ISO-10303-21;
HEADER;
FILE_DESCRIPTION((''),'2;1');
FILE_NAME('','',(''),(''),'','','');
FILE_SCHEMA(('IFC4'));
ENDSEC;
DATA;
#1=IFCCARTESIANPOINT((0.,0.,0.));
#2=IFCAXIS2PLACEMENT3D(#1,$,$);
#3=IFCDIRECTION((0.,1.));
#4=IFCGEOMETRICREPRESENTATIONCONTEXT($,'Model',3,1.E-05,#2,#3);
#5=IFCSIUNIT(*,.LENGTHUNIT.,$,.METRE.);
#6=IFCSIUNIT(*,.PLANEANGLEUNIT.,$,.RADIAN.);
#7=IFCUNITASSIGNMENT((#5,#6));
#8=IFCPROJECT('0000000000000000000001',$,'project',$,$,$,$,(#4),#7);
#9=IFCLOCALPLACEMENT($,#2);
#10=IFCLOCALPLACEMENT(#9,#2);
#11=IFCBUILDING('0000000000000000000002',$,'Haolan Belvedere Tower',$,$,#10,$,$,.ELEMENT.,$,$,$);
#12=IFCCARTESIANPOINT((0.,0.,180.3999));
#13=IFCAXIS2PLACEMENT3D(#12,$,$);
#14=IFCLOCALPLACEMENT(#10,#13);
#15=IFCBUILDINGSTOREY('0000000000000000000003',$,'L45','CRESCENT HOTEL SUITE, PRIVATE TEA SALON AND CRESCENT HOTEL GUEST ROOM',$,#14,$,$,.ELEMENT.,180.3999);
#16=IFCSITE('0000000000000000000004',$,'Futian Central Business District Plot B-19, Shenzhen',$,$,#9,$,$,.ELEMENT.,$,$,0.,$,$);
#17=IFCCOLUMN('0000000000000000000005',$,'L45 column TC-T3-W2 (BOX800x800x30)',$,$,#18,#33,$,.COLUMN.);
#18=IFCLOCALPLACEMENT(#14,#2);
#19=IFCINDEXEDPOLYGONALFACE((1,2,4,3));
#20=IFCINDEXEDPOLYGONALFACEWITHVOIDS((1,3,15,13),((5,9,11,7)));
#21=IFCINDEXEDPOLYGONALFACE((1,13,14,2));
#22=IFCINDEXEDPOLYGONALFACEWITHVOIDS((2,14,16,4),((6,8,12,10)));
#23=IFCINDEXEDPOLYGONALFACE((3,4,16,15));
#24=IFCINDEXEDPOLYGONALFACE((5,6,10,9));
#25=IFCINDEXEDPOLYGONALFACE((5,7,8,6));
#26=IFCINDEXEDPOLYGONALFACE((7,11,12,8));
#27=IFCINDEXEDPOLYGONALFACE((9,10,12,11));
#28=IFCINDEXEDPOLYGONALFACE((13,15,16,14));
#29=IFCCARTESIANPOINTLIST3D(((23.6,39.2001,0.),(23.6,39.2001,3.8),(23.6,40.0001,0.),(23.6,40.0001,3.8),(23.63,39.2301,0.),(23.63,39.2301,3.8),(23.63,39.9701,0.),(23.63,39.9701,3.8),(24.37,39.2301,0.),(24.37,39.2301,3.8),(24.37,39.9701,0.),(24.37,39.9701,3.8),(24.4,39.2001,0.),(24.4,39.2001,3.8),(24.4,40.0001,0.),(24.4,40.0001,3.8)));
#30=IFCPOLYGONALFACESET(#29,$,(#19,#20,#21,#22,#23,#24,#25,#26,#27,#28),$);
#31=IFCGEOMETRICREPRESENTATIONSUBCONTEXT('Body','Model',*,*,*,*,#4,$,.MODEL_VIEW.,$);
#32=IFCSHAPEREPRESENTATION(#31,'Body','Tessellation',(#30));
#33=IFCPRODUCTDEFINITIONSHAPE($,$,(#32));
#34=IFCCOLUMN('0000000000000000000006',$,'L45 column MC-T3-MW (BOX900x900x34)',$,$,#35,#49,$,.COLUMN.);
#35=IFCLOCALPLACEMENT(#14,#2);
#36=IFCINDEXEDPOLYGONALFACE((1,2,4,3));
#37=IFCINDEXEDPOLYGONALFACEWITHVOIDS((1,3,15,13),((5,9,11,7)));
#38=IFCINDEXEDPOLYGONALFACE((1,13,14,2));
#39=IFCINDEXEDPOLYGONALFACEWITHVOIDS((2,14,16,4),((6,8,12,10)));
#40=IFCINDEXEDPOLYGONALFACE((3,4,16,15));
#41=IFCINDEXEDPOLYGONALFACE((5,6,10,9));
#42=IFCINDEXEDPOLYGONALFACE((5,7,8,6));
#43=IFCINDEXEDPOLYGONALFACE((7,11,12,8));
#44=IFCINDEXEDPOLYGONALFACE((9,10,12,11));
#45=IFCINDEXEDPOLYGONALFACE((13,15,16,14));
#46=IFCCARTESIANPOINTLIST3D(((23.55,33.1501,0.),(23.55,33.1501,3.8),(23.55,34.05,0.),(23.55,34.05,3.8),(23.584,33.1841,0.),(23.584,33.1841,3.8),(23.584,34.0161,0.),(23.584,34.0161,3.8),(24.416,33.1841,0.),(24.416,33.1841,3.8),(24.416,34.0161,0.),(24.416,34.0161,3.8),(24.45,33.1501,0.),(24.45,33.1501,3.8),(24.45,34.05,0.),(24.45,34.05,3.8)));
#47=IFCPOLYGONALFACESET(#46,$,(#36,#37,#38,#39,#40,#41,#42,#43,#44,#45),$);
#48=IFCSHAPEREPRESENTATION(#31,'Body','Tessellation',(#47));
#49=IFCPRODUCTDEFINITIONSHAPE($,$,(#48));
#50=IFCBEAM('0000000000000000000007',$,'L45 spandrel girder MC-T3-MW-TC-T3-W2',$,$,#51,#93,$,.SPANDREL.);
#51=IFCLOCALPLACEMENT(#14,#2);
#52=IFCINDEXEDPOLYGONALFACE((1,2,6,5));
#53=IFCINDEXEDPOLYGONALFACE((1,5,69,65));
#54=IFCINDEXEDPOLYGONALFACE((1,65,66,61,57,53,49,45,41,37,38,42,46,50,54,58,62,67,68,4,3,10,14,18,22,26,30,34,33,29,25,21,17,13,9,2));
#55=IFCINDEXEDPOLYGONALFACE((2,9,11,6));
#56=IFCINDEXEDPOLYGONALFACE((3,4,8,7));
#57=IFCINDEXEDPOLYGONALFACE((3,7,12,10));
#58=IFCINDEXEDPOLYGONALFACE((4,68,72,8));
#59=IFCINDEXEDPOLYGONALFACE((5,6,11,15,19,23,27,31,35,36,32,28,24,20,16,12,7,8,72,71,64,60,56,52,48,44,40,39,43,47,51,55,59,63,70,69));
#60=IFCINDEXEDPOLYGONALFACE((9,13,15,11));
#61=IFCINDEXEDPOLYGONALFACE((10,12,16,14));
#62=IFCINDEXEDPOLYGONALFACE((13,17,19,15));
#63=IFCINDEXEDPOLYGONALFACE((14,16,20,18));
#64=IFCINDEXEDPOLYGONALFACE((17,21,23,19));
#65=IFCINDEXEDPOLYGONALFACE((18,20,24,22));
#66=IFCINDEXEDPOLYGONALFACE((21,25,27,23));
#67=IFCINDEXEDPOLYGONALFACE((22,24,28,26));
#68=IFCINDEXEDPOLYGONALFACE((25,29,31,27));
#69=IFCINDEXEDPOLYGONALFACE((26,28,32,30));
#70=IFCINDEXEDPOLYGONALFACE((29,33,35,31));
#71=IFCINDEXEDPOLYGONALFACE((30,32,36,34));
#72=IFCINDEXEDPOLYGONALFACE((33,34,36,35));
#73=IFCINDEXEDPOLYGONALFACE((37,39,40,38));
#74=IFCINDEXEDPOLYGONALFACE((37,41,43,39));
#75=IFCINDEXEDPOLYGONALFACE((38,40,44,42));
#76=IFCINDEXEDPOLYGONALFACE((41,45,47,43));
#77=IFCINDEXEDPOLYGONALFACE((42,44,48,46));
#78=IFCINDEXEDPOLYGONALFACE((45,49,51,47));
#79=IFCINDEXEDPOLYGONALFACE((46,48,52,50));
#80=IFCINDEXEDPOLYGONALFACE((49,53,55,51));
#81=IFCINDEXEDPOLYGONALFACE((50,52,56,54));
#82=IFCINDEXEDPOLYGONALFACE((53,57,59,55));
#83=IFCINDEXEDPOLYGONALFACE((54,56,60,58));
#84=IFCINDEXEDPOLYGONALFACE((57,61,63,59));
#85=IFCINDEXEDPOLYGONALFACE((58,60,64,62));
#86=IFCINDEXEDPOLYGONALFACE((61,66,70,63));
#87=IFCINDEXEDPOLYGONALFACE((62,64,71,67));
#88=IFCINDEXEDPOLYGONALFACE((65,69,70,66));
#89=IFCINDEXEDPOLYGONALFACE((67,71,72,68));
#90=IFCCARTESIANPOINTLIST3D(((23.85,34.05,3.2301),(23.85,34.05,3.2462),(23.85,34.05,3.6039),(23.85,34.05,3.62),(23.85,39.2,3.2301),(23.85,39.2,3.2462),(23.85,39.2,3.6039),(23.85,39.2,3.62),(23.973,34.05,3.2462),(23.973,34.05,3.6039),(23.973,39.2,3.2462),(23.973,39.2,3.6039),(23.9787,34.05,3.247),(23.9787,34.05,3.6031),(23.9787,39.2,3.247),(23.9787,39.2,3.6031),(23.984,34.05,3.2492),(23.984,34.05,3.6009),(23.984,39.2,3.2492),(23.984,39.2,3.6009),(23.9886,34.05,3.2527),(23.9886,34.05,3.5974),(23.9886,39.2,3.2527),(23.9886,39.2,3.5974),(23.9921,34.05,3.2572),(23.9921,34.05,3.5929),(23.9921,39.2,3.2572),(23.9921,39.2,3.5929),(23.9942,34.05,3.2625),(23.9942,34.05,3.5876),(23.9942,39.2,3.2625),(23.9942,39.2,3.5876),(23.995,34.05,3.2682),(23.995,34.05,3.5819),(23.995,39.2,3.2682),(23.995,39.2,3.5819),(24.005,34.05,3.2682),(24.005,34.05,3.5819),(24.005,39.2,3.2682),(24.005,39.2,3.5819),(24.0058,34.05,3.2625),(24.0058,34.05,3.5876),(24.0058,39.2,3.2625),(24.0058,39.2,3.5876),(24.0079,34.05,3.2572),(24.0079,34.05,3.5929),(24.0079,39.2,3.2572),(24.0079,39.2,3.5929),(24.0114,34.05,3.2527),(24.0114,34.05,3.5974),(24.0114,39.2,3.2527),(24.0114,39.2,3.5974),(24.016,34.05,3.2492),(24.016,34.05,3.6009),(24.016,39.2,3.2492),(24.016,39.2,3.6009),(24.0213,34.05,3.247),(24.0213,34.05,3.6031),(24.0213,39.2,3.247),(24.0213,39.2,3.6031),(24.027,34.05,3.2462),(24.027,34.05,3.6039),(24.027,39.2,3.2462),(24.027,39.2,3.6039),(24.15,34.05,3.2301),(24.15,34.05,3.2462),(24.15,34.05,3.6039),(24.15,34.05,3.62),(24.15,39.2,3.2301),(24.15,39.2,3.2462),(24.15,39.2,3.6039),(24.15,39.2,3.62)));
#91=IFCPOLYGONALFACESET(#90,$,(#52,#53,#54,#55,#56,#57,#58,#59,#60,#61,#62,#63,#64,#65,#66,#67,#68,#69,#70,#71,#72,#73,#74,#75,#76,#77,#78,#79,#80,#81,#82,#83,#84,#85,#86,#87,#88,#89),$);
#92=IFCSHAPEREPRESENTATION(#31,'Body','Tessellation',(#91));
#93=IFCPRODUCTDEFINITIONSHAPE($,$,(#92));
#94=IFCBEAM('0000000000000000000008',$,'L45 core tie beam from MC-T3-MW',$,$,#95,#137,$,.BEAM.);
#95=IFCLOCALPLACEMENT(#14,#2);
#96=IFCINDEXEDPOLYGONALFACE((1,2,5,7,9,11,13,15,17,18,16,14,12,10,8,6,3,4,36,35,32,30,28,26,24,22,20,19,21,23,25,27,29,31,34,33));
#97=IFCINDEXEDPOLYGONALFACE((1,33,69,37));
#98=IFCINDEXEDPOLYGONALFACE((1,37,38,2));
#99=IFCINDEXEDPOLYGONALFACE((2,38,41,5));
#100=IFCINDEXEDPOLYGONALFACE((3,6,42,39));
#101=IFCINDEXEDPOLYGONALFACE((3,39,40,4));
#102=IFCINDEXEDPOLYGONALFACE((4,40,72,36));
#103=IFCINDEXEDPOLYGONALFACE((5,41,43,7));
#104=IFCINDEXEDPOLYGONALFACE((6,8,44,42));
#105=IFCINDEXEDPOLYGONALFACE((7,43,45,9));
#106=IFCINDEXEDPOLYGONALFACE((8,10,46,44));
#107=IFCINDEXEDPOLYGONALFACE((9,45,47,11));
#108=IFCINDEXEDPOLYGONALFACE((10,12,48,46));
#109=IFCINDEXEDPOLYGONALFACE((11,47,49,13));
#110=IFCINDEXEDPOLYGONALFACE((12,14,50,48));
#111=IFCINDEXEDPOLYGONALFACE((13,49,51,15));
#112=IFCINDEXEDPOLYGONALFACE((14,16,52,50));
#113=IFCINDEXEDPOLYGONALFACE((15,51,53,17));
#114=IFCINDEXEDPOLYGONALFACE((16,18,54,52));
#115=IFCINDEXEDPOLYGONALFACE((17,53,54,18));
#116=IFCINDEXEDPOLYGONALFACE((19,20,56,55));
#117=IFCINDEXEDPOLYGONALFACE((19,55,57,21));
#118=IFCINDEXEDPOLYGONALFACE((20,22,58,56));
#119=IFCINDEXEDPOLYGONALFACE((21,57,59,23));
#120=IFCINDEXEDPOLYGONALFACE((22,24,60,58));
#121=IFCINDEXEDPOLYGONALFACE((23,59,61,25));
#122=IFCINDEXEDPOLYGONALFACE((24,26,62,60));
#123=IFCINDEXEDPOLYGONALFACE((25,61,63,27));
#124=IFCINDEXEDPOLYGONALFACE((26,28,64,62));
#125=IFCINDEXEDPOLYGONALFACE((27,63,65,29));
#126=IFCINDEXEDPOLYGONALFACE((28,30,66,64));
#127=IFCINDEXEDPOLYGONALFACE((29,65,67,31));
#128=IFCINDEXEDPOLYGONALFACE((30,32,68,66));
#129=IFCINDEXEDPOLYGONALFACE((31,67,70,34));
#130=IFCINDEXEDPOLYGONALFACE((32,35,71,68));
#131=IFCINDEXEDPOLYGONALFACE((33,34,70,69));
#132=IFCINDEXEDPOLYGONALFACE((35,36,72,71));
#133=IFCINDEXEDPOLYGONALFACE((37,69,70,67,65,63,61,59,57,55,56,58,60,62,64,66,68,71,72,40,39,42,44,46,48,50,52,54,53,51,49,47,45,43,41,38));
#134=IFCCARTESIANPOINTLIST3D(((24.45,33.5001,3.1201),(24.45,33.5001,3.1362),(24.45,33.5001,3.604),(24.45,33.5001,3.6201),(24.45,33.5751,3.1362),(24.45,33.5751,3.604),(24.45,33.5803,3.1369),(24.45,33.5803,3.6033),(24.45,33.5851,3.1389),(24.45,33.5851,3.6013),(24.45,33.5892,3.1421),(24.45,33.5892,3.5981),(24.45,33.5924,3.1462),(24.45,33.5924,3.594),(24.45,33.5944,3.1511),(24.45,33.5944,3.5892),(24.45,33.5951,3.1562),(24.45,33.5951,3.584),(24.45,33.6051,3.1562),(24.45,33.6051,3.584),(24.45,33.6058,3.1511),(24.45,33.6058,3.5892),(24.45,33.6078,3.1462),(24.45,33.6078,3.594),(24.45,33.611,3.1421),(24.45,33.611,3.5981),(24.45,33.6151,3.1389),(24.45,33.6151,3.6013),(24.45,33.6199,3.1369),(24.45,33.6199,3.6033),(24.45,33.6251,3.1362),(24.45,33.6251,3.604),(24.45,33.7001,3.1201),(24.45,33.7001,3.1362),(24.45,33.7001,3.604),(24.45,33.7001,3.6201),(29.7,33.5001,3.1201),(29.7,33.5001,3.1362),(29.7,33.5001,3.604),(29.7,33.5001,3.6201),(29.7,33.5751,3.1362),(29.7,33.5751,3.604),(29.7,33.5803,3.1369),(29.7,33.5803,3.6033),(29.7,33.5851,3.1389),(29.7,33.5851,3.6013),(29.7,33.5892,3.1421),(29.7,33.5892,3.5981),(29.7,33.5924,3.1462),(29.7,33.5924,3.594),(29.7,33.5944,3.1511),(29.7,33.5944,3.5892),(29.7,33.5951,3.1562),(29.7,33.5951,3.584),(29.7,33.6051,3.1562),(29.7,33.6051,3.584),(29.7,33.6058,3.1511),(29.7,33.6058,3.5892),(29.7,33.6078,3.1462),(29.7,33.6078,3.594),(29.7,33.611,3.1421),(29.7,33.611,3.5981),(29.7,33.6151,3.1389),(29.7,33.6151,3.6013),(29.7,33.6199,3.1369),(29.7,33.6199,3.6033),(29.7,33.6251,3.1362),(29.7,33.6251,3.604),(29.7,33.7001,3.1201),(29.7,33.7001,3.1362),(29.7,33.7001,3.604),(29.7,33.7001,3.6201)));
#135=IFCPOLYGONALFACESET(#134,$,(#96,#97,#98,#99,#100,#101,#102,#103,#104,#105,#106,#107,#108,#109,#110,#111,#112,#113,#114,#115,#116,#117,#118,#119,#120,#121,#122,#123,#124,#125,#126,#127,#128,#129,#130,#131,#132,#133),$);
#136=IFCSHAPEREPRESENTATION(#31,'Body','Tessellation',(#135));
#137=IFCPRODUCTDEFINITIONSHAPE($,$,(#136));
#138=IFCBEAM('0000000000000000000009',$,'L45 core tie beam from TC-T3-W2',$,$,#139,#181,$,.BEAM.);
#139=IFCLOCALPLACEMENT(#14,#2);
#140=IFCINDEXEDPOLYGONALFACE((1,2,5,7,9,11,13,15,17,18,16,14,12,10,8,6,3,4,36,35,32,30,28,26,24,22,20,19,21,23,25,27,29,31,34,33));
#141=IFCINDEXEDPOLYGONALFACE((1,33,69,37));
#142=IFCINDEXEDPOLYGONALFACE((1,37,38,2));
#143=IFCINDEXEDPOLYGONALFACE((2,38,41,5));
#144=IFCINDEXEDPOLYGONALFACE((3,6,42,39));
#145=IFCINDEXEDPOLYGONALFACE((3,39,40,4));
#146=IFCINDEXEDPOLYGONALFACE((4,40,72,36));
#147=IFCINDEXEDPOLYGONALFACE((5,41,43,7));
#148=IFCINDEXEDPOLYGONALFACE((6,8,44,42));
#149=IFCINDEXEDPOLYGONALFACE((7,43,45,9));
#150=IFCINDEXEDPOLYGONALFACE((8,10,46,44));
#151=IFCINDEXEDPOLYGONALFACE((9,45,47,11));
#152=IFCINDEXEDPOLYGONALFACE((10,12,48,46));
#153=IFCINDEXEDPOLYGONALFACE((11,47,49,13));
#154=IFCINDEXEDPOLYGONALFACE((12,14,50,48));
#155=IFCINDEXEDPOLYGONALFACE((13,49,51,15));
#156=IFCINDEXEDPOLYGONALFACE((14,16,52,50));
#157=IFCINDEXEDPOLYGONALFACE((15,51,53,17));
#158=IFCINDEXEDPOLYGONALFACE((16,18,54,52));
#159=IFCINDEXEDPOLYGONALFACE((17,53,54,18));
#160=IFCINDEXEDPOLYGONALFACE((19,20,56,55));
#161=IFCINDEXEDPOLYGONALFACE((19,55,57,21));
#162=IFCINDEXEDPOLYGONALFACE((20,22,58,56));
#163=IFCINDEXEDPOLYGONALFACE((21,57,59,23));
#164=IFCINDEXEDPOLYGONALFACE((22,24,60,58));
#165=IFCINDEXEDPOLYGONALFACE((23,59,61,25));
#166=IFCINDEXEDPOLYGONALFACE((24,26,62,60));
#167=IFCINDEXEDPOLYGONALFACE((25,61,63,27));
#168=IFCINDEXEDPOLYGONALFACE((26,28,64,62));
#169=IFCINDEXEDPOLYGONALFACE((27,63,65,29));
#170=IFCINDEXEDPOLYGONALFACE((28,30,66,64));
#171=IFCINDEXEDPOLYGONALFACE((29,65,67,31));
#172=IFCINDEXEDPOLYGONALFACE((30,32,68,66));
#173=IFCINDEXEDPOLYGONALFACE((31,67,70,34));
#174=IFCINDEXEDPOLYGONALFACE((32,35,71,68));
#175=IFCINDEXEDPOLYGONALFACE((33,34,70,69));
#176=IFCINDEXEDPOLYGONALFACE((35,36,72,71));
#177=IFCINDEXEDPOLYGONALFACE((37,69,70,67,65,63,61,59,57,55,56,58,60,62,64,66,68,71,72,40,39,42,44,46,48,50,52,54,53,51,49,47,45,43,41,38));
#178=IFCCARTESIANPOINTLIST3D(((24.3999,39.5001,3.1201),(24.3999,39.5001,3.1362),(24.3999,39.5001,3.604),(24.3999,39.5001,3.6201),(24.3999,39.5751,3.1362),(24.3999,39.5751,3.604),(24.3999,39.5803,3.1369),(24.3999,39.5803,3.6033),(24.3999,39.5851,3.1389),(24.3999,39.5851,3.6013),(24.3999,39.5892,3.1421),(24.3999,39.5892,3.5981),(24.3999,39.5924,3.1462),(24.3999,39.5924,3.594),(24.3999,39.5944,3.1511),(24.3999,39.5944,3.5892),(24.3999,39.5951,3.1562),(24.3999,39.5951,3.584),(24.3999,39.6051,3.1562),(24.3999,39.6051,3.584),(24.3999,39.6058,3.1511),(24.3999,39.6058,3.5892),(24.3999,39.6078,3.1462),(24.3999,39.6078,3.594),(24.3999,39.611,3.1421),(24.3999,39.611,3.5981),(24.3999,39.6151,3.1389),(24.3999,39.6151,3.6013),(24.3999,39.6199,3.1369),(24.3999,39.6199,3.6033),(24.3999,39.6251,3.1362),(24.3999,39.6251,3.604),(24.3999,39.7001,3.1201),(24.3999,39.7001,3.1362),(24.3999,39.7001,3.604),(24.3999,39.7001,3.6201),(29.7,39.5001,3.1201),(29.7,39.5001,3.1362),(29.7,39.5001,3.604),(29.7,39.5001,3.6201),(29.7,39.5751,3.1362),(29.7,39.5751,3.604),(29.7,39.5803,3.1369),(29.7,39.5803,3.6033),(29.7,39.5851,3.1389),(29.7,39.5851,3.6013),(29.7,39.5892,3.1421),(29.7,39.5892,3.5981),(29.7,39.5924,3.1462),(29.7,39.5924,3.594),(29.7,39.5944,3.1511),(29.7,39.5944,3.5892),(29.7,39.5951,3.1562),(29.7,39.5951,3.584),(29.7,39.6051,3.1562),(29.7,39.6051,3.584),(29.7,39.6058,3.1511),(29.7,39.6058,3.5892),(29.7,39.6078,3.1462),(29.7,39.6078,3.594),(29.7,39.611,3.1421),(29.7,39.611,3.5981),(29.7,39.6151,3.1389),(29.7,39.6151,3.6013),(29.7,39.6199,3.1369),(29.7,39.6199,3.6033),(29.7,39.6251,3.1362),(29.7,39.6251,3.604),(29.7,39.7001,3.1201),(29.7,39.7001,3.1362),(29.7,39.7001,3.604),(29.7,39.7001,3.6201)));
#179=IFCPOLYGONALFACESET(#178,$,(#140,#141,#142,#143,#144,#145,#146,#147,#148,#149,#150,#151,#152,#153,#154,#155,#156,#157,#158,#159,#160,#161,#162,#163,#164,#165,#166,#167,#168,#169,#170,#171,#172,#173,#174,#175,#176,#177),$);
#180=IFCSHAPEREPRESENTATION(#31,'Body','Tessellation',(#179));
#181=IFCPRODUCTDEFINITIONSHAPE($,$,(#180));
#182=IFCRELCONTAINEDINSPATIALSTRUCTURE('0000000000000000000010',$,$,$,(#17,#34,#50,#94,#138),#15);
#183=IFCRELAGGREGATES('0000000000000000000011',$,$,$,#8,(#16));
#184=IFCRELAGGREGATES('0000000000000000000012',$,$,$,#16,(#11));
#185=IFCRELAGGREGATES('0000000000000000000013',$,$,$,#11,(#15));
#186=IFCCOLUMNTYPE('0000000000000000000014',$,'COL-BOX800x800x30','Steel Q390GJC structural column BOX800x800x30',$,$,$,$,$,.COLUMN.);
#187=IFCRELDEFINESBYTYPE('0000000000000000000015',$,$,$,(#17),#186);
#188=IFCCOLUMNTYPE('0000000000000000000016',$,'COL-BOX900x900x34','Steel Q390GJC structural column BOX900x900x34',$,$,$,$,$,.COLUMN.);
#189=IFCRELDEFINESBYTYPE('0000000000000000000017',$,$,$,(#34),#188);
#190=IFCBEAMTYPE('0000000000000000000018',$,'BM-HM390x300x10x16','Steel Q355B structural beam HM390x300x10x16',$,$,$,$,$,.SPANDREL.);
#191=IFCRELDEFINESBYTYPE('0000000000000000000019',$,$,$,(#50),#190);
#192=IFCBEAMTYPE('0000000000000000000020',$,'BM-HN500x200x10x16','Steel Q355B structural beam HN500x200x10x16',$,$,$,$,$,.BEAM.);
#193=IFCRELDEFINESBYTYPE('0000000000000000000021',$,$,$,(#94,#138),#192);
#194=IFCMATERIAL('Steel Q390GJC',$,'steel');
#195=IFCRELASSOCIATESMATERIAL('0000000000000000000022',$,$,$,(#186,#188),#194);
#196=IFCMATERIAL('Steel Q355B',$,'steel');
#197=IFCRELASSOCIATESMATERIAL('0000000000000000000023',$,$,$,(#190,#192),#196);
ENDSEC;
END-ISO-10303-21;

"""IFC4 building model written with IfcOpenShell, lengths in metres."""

from ifc_helpers import new_model, si_unit, direction, frame, origin, origin_2d, place, context, subcontext, project, spatial, hollow_rectangle, i_section, extrude, material, material_profile, profile_set, type_object, element, save


model = new_model("IFC4")

# Units and contexts
model_context = context("Model", 3, precision=1e-05, world=origin(), true_north=direction((0.0, 1.0)))
body_context = subcontext(model_context, "Body", "Model", "MODEL_VIEW")
ifc_project = project(units=[si_unit("LENGTHUNIT", "METRE"), si_unit("PLANEANGLEUNIT", "RADIAN")], contexts=[model_context])

# Site, building, storey
site_placement = place(None, origin())
site = spatial("IfcSite", under=ifc_project, at=site_placement, Name="Futian Central Business District Plot B-19, Shenzhen", CompositionType="ELEMENT", RefElevation=0.0)
building_placement = place(site_placement, origin())
building = spatial("IfcBuilding", under=site, at=building_placement, Name="Haolan Belvedere Tower", CompositionType="ELEMENT")
storey_placement = place(building_placement, frame((0.0, 0.0, 180.3999)))
storey = spatial("IfcBuildingStorey", under=building, at=storey_placement, Name="L45", Description="CRESCENT HOTEL SUITE, PRIVATE TEA SALON AND CRESCENT HOTEL GUEST ROOM", CompositionType="ELEMENT", Elevation=180.3999)

# Columns
ifc_material_1 = material(Name="Steel Q390GJC", Category="steel")
ifc_material_profile_1 = material_profile(ifc_material_1, hollow_rectangle(XDim=0.8, YDim=0.8, WallThickness=0.03, at=origin_2d()), Name="Steel Q390GJC")
ifc_profile_set_1 = profile_set([ifc_material_profile_1], Name="Steel Q390GJC")
column_type_1 = type_object("IfcColumnType", Name="COL-BOX800x800x30", Description="Steel Q390GJC structural column BOX800x800x30", PredefinedType="COLUMN", material=ifc_profile_set_1)
column_1_placement = place(storey_placement, frame((24.0, 39.6001, 0.0), z_axis=(0.0, 0.0, 1.0), x_axis=(1.0, 0.0, 0.0)))
element("IfcColumn", 1, at=column_1_placement, inside=storey, type_object=column_type_1, Name="L45 column TC-T3-W2 (BOX800x800x30)", PredefinedType="COLUMN", context=body_context, shape_type="SweptSolid", body=[
    extrude(hollow_rectangle(XDim=0.8, YDim=0.8, WallThickness=0.03, at=origin_2d()), origin(), (0.0, 0.0, 1.0), 3.8),
])
ifc_material_profile_2 = material_profile(ifc_material_1, hollow_rectangle(XDim=0.8999, YDim=0.8999, WallThickness=0.0339, at=origin_2d()), Name="Steel Q390GJC")
ifc_profile_set_2 = profile_set([ifc_material_profile_2], Name="Steel Q390GJC")
column_type_2 = type_object("IfcColumnType", Name="COL-BOX900x900x34", Description="Steel Q390GJC structural column BOX900x900x34", PredefinedType="COLUMN", material=ifc_profile_set_2)
column_2_placement = place(storey_placement, frame((24.0, 33.6001, 0.0), z_axis=(0.0, 0.0, 1.0), x_axis=(1.0, 0.0, 0.0)))
element("IfcColumn", 2, at=column_2_placement, inside=storey, type_object=column_type_2, Name="L45 column MC-T3-MW (BOX900x900x34)", PredefinedType="COLUMN", context=body_context, shape_type="SweptSolid", body=[
    extrude(hollow_rectangle(XDim=0.8999, YDim=0.8999, WallThickness=0.0339, at=origin_2d()), origin(), (0.0, 0.0, 1.0), 3.8),
])

# Beams
ifc_material_2 = material(Name="Steel Q355B", Category="steel")
ifc_material_profile_3 = material_profile(ifc_material_2, i_section(OverallWidth=0.3, OverallDepth=0.3899, WebThickness=0.01, FlangeThickness=0.0161, FilletRadius=0.022, at=origin_2d()), Name="Steel Q355B")
ifc_profile_set_3 = profile_set([ifc_material_profile_3], Name="Steel Q355B")
beam_type_1 = type_object("IfcBeamType", Name="BM-HM390x300x10x16", Description="Steel Q355B structural beam HM390x300x10x16", PredefinedType="SPANDREL", material=ifc_profile_set_3)
beam_1_placement = place(storey_placement, frame((24.0, 34.05, 3.425), z_axis=(0.0, 1.0, 0.0), x_axis=(-1.0, 0.0, 0.0)))
element("IfcBeam", 3, at=beam_1_placement, inside=storey, type_object=beam_type_1, Name="L45 spandrel girder MC-T3-MW-TC-T3-W2", PredefinedType="SPANDREL", context=body_context, shape_type="SweptSolid", body=[
    extrude(i_section(OverallWidth=0.3, OverallDepth=0.3899, WebThickness=0.01, FlangeThickness=0.0161, FilletRadius=0.022, at=origin_2d()), origin(), (0.0, 0.0, 1.0), 5.1499),
])
ifc_material_profile_4 = material_profile(ifc_material_2, i_section(OverallWidth=0.2, OverallDepth=0.5, WebThickness=0.01, FlangeThickness=0.0161, FilletRadius=0.02, at=origin_2d()), Name="Steel Q355B")
ifc_profile_set_4 = profile_set([ifc_material_profile_4], Name="Steel Q355B")
beam_type_2 = type_object("IfcBeamType", Name="BM-HN500x200x10x16", Description="Steel Q355B structural beam HN500x200x10x16", PredefinedType="BEAM", material=ifc_profile_set_4)
beam_2_placement = place(storey_placement, frame((24.45, 33.6001, 3.3701), z_axis=(1.0, 0.0, 0.0), x_axis=(0.0, 1.0, 0.0)))
element("IfcBeam", 4, at=beam_2_placement, inside=storey, type_object=beam_type_2, Name="L45 core tie beam from MC-T3-MW", PredefinedType="BEAM", context=body_context, shape_type="SweptSolid", body=[
    extrude(i_section(OverallWidth=0.2, OverallDepth=0.5, WebThickness=0.01, FlangeThickness=0.0161, FilletRadius=0.02, at=origin_2d()), origin(), (0.0, 0.0, 1.0), 5.25),
])
beam_3_placement = place(storey_placement, frame((24.3999, 39.6001, 3.3701), z_axis=(1.0, 0.0, 0.0), x_axis=(0.0, 1.0, 0.0)))
element("IfcBeam", 5, at=beam_3_placement, inside=storey, type_object=beam_type_2, Name="L45 core tie beam from TC-T3-W2", PredefinedType="BEAM", context=body_context, shape_type="SweptSolid", body=[
    extrude(i_section(OverallWidth=0.2, OverallDepth=0.5, WebThickness=0.01, FlangeThickness=0.0161, FilletRadius=0.02, at=origin_2d()), origin(), (0.0, 0.0, 1.0), 5.3),
])

save(model, "model.ifc")
